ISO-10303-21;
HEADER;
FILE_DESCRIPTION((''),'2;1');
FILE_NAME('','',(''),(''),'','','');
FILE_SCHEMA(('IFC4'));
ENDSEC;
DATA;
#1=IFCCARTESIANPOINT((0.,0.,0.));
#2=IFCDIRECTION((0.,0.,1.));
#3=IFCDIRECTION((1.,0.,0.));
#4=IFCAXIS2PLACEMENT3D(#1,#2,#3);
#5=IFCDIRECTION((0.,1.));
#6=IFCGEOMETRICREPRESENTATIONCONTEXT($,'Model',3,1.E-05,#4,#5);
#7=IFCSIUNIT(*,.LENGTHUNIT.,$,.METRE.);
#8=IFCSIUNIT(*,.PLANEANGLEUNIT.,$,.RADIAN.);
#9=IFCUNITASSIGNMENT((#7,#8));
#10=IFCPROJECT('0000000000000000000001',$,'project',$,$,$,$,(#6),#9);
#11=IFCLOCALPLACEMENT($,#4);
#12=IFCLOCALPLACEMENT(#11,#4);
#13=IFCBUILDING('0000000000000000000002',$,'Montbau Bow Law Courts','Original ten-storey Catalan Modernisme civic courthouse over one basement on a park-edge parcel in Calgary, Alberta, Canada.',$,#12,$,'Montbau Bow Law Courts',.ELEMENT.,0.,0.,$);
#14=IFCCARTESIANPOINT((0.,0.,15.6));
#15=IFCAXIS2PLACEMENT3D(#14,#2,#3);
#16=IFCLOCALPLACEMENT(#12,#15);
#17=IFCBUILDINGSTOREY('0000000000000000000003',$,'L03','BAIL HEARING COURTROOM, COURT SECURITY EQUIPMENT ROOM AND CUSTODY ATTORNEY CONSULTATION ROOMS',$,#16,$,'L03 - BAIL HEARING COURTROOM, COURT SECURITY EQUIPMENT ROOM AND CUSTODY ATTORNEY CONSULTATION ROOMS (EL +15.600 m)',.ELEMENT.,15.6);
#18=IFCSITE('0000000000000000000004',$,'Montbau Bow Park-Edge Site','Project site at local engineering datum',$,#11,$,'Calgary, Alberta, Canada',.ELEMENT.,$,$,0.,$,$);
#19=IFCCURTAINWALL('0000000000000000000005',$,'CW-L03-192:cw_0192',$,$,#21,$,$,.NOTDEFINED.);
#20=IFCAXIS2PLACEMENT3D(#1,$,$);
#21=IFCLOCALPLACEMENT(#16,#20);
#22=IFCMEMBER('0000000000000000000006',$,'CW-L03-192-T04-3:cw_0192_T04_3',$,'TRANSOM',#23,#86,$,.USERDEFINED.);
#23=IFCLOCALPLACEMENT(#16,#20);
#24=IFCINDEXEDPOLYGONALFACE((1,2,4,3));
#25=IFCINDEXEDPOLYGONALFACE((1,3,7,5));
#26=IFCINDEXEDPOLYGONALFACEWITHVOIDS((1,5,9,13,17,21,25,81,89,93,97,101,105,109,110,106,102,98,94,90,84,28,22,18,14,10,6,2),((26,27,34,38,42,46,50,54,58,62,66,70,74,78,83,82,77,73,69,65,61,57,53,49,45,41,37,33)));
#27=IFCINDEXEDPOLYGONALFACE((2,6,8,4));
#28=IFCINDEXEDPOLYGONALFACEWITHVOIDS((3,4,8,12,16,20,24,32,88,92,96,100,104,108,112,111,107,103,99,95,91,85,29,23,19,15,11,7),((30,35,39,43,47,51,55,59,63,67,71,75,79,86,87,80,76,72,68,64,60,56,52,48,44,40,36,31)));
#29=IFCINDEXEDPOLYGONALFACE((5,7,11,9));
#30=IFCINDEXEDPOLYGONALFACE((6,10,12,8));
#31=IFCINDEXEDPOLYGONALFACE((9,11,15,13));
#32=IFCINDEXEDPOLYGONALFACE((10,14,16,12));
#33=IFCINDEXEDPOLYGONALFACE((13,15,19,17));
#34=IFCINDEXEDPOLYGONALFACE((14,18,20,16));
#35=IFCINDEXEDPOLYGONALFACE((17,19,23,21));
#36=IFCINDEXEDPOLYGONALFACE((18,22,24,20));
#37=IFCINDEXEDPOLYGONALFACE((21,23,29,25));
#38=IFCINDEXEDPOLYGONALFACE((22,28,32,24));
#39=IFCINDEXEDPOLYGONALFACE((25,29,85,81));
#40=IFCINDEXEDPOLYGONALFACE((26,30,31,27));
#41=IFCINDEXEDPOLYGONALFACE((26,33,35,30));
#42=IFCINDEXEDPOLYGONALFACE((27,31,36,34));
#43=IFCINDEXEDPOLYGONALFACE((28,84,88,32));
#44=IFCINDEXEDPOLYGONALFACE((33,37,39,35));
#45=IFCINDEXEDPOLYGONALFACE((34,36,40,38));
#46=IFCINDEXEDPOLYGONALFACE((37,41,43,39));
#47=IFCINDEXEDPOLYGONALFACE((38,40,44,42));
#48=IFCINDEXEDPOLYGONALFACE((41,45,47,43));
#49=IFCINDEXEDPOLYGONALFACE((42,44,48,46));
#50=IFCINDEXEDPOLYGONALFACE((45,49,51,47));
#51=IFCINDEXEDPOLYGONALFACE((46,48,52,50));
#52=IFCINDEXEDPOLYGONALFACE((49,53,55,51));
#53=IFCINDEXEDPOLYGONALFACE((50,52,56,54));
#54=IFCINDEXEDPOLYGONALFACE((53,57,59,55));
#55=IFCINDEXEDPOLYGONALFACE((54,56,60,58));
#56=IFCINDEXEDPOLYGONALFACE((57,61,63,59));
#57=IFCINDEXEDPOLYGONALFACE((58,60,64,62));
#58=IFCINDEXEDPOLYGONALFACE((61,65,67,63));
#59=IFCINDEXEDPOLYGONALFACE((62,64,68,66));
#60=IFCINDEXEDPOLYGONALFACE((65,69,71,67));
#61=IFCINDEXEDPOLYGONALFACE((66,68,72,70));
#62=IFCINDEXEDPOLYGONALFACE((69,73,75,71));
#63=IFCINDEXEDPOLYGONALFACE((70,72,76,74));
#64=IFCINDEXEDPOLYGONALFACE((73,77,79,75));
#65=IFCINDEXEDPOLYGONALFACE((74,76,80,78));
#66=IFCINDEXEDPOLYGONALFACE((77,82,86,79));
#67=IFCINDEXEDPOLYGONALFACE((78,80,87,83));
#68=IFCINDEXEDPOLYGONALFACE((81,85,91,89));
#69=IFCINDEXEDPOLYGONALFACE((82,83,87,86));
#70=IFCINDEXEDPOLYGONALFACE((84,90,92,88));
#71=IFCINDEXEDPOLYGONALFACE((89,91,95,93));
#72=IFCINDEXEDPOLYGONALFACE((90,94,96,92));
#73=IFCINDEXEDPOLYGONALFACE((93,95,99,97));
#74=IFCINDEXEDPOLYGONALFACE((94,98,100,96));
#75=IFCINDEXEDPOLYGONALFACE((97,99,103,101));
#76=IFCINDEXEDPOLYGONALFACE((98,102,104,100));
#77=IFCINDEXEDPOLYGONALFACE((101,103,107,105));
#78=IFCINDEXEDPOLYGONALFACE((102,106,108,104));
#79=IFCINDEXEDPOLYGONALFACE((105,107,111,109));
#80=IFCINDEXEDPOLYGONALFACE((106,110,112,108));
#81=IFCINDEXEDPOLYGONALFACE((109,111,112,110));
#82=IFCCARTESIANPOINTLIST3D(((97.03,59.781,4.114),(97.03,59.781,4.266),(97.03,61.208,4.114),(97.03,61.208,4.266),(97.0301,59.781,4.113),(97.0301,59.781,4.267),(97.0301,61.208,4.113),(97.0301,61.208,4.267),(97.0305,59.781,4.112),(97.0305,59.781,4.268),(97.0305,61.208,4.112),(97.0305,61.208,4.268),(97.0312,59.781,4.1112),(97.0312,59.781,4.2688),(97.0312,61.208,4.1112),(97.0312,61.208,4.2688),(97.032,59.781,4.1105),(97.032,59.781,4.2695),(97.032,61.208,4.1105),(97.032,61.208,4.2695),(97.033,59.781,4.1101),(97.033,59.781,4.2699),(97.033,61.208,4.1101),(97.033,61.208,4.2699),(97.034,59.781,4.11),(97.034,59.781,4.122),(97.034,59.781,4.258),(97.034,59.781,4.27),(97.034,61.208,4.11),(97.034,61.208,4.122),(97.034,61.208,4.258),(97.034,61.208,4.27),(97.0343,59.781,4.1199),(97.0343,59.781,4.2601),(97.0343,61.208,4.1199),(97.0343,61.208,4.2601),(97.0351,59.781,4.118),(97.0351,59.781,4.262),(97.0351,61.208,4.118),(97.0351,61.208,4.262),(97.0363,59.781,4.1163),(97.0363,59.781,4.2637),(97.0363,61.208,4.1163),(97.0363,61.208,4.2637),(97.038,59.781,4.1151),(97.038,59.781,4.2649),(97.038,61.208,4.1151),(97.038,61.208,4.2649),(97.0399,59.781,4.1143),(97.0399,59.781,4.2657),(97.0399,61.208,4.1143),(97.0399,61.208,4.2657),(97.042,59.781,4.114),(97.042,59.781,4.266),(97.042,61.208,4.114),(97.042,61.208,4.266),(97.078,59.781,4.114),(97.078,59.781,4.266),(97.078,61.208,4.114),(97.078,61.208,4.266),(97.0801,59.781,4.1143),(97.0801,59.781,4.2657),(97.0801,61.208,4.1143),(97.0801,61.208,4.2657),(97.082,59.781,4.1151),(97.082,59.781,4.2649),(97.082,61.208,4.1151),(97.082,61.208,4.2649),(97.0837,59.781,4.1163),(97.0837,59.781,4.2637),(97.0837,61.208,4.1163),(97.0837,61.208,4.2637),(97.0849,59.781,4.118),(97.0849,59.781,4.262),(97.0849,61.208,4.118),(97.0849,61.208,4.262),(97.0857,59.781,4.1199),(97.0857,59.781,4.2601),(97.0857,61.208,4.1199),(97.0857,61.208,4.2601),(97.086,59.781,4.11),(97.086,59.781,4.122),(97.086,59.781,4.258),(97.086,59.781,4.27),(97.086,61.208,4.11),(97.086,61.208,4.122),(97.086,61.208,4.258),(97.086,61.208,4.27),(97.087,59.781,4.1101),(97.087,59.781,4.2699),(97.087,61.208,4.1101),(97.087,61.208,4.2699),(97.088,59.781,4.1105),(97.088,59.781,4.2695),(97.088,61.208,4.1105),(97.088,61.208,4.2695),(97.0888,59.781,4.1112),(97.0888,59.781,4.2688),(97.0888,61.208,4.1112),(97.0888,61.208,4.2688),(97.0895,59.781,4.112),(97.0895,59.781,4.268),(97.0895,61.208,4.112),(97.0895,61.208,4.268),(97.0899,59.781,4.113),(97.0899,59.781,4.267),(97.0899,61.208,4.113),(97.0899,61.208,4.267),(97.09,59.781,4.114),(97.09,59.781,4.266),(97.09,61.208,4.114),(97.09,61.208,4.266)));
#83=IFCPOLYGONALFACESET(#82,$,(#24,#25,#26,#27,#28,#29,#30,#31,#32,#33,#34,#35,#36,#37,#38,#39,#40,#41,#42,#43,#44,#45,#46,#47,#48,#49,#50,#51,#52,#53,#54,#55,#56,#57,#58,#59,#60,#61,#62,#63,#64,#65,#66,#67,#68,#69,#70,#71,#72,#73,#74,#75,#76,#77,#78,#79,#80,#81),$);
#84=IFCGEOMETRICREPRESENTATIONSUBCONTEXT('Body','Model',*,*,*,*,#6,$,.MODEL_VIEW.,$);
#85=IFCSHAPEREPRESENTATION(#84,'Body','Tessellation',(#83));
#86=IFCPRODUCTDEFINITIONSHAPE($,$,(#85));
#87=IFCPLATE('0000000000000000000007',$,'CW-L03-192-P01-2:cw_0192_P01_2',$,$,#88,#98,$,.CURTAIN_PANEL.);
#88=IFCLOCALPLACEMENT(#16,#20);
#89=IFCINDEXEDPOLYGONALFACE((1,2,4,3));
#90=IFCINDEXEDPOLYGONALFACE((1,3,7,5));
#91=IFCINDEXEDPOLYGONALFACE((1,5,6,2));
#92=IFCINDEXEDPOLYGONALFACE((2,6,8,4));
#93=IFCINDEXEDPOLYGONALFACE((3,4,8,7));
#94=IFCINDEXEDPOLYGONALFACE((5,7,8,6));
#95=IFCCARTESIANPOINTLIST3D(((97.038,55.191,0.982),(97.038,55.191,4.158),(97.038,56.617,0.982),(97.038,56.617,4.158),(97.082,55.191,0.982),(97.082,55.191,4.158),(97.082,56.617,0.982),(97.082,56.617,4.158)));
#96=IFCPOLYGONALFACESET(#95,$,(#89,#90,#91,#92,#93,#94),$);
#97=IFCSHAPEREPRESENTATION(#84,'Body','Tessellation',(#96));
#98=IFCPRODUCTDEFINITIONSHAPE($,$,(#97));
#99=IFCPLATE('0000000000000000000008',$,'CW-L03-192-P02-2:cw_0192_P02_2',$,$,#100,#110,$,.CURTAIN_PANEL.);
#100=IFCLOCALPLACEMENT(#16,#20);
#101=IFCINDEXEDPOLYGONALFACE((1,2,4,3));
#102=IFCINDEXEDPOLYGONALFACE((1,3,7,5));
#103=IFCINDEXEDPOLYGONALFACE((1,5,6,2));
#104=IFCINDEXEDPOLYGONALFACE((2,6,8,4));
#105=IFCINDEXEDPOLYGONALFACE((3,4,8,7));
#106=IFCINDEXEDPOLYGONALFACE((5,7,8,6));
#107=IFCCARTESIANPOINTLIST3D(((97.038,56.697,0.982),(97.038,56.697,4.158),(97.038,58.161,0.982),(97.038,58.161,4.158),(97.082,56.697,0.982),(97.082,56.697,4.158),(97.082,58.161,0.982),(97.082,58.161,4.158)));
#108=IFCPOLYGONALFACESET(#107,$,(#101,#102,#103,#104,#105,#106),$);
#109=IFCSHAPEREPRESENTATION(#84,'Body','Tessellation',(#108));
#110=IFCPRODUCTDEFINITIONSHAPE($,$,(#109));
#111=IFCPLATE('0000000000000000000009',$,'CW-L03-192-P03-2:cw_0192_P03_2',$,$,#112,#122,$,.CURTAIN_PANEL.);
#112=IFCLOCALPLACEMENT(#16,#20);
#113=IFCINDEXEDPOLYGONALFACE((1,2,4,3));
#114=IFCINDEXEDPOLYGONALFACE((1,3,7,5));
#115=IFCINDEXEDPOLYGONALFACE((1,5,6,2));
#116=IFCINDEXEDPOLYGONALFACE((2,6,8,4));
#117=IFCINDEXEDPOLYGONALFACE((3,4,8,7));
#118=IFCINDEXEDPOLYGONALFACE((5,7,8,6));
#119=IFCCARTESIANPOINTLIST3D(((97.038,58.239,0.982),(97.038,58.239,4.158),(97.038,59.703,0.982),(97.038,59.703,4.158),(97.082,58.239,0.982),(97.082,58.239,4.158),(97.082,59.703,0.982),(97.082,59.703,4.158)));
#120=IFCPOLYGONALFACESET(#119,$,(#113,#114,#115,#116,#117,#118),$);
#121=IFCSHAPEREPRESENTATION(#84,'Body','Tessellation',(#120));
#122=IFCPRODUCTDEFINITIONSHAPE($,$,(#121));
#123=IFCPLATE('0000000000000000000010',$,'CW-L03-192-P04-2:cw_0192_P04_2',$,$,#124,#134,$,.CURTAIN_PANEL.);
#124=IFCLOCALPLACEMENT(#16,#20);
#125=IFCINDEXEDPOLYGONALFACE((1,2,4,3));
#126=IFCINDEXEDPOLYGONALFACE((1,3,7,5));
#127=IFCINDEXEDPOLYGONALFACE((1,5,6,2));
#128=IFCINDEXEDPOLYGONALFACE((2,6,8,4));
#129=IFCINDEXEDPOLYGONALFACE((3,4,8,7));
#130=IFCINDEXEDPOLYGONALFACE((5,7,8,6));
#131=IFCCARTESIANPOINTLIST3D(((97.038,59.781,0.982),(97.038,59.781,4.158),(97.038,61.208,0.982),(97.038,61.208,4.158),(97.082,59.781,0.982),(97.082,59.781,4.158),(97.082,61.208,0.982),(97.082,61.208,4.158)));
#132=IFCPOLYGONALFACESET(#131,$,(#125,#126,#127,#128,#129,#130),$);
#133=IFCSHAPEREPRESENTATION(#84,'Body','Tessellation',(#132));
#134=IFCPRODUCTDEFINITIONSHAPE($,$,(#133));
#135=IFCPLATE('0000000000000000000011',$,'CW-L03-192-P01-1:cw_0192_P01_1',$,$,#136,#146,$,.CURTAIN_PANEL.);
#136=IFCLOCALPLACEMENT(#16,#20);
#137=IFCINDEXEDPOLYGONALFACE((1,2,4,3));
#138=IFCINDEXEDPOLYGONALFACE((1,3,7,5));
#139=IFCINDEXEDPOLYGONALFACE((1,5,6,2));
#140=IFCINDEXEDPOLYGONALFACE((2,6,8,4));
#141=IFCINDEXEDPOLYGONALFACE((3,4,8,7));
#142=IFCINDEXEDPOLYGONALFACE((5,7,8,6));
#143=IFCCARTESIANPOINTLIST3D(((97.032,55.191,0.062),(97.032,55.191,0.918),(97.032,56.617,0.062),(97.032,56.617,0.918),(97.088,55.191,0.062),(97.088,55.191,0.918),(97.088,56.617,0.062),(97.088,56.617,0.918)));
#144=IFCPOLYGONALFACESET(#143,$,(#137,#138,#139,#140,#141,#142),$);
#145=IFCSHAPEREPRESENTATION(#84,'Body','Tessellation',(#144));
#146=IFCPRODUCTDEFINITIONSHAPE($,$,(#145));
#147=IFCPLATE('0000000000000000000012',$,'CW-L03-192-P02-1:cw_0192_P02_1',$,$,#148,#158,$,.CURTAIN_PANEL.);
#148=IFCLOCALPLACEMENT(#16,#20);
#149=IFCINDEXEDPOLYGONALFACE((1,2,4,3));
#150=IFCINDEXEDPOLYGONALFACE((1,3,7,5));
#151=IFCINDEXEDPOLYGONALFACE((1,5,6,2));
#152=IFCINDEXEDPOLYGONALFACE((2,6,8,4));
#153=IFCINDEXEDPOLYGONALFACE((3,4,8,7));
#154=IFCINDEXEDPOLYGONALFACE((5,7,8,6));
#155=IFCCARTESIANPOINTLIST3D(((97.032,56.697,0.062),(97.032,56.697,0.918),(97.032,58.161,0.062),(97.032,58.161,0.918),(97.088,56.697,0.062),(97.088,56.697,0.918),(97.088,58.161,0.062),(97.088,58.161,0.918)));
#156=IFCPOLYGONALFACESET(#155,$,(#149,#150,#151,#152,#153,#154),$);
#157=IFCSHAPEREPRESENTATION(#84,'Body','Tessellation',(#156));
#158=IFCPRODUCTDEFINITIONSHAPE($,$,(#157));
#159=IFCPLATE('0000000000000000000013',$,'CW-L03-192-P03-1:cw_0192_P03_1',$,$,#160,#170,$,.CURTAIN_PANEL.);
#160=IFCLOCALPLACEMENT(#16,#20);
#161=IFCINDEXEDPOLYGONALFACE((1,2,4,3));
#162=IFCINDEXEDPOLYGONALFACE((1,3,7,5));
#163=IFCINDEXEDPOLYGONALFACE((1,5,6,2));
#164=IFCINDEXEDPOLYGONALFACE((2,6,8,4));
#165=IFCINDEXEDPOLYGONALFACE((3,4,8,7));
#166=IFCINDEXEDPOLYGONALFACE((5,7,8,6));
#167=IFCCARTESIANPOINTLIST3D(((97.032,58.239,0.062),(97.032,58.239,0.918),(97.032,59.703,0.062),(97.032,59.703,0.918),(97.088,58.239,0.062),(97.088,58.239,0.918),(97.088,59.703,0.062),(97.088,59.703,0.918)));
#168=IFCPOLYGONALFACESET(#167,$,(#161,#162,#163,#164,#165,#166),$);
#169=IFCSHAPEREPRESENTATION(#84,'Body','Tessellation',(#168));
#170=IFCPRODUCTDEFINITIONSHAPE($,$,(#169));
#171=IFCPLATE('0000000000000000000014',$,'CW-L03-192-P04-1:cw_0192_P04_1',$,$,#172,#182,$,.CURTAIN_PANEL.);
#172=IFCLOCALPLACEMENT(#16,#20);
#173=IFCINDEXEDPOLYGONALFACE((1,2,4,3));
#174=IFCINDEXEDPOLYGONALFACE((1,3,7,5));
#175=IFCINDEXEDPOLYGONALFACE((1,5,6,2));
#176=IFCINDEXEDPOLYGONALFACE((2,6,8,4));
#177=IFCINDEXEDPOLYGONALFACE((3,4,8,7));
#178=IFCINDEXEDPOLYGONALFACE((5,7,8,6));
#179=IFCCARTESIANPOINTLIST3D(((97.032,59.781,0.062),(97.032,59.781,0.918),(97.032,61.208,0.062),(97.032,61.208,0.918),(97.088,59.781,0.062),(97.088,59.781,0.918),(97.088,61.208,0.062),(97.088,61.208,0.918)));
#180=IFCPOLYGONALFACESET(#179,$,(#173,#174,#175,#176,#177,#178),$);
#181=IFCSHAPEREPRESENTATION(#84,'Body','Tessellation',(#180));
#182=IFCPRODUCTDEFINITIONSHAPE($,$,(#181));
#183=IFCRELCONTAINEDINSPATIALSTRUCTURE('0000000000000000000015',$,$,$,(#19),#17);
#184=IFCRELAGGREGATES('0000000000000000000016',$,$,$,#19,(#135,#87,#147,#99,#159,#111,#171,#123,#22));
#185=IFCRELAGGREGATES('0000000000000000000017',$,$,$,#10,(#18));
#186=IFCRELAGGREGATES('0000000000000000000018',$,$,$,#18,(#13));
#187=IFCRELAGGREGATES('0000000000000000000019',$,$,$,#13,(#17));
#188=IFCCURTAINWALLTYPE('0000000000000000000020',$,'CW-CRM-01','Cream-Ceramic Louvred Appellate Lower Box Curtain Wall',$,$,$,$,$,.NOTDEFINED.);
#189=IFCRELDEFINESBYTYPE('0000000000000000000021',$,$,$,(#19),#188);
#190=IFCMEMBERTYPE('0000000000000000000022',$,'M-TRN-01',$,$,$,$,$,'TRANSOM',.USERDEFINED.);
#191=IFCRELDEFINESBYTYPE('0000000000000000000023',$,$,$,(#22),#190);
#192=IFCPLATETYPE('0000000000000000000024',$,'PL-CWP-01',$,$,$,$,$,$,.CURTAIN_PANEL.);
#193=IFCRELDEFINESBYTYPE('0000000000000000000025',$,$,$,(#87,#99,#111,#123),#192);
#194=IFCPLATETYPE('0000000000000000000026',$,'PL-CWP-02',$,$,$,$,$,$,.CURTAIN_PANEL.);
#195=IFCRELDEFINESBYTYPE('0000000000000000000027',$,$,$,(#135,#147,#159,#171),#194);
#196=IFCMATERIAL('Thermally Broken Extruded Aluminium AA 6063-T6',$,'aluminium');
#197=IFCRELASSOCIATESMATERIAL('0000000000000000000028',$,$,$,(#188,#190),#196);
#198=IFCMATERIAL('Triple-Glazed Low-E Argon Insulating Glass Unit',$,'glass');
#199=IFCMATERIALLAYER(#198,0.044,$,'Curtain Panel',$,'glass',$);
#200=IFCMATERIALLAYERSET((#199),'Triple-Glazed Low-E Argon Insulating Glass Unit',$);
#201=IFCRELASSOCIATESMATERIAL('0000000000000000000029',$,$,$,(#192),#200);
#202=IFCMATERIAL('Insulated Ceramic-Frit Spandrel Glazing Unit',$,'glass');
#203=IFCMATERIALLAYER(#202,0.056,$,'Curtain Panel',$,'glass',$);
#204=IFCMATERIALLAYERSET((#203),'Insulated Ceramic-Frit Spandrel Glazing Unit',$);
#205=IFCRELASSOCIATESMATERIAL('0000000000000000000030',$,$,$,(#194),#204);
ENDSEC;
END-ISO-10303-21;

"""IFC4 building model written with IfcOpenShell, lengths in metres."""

from ifc_helpers import new_model, si_unit, direction, frame, frame_2d, origin_with_axes, origin_2d_with_axis, place, context, subcontext, project, spatial, rectangle, hollow_rectangle, extrude, material, layer, layer_set, material_profile, profile_set, type_object, element, aggregate, save


model = new_model("IFC4")

# Units and contexts
model_context = context("Model", 3, precision=1e-05, world=origin_with_axes(), true_north=direction((0.0, 1.0)))
body_context = subcontext(model_context, "Body", "Model", "MODEL_VIEW")
ifc_project = project(units=[si_unit("LENGTHUNIT", "METRE"), si_unit("PLANEANGLEUNIT", "RADIAN")], contexts=[model_context])

# Site, building, storey
site_placement = place(None, origin_with_axes())
site = spatial("IfcSite", under=ifc_project, at=site_placement, Name="Montbau Bow Park-Edge Site", Description="Project site at local engineering datum", LongName="Calgary, Alberta, Canada", CompositionType="ELEMENT", RefElevation=0.0)
building_placement = place(site_placement, origin_with_axes())
building = spatial("IfcBuilding", under=site, at=building_placement, Name="Montbau Bow Law Courts", Description="Original ten-storey Catalan Modernisme civic courthouse over one basement on a park-edge parcel in Calgary, Alberta, Canada.", LongName="Montbau Bow Law Courts", CompositionType="ELEMENT", ElevationOfRefHeight=0.0, ElevationOfTerrain=0.0)
storey_placement = place(building_placement, frame((0.0, 0.0, 15.6), z_axis=(0.0, 0.0, 1.0), x_axis=(1.0, 0.0, 0.0)))
storey = spatial("IfcBuildingStorey", under=building, at=storey_placement, Name="L03", Description="BAIL HEARING COURTROOM, COURT SECURITY EQUIPMENT ROOM AND CUSTODY ATTORNEY CONSULTATION ROOMS", LongName="L03 - BAIL HEARING COURTROOM, COURT SECURITY EQUIPMENT ROOM AND CUSTODY ATTORNEY CONSULTATION ROOMS (EL +15.600 m)", CompositionType="ELEMENT", Elevation=15.6)

# Curtain wall
ifc_material_1 = material(Name="Thermally Broken Extruded Aluminium AA 6063-T6", Category="aluminium")
curtain_wall_type = type_object("IfcCurtainWallType", Name="CW-CRM-01", Description="Cream-Ceramic Louvred Appellate Lower Box Curtain Wall", PredefinedType="NOTDEFINED", material=ifc_material_1)
curtain_wall_1_placement = place(None, frame((97.06, 55.115, 15.6), z_axis=(0.0, 0.0, 1.0), x_axis=(1.0, 0.0, 0.0)))
curtain_wall_1 = element("IfcCurtainWall", 1, at=curtain_wall_1_placement, inside=storey, type_object=curtain_wall_type, Name="CW-L03-192:cw_0192", PredefinedType="NOTDEFINED")

# Member
ifc_material_profile_1 = material_profile(ifc_material_1, hollow_rectangle(XDim=0.06, YDim=0.16, WallThickness=0.004, InnerFilletRadius=0.008, OuterFilletRadius=0.004, at=origin_2d_with_axis()), Name="CWT-160X60", Category="Main", Priority=0)
ifc_profile_set_1 = profile_set([ifc_material_profile_1], Name="Thermally Broken Extruded Aluminium AA 6063-T6")
member_type_1 = type_object("IfcMemberType", Name="M-TRN-01", ElementType="TRANSOM", PredefinedType="USERDEFINED", material=ifc_profile_set_1)
member_1_placement = place(None, frame((97.06, 59.781, 19.79), z_axis=(0.0, 1.0, 0.0), x_axis=(-1.0, 0.0, 0.0)))
member_1 = element("IfcMember", 2, at=member_1_placement, type_object=member_type_1, Name="CW-L03-192-T04-3:cw_0192_T04_3", ObjectType="TRANSOM", PredefinedType="USERDEFINED", context=body_context, shape_type="SweptSolid", body=[
    extrude(hollow_rectangle(XDim=0.06, YDim=0.16, WallThickness=0.004, InnerFilletRadius=0.008, OuterFilletRadius=0.004, at=origin_2d_with_axis()), origin_with_axes(), (0.0, 0.0, 1.0), 1.427),
])

# Plates
ifc_material_2 = material(Name="Triple-Glazed Low-E Argon Insulating Glass Unit", Category="glass")
ifc_layer_1 = layer(ifc_material_2, 0.044, Name="Curtain Panel", Category="glass")
ifc_layer_set_1 = layer_set([ifc_layer_1], Name="Triple-Glazed Low-E Argon Insulating Glass Unit")
plate_type_1 = type_object("IfcPlateType", Name="PL-CWP-01", PredefinedType="CURTAIN_PANEL", material=ifc_layer_set_1)
plate_1_placement = place(None, frame((97.06, 55.191, 16.582), z_axis=(1.0, 0.0, 0.0), x_axis=(0.0, 1.0, 0.0)))
plate_1 = element("IfcPlate", 3, at=plate_1_placement, type_object=plate_type_1, Name="CW-L03-192-P01-2:cw_0192_P01_2", PredefinedType="CURTAIN_PANEL", context=body_context, shape_type="SweptSolid", body=[
    extrude(rectangle(XDim=1.426, YDim=3.176, at=frame_2d((0.713, 1.588), x_axis=(1.0, 0.0))), frame((0.0, 0.0, -0.022), z_axis=(0.0, 0.0, 1.0), x_axis=(1.0, 0.0, 0.0)), (0.0, 0.0, 1.0), 0.044),
])
plate_2_placement = place(None, frame((97.06, 56.697, 16.582), z_axis=(1.0, 0.0, 0.0), x_axis=(0.0, 1.0, 0.0)))
plate_2 = element("IfcPlate", 4, at=plate_2_placement, type_object=plate_type_1, Name="CW-L03-192-P02-2:cw_0192_P02_2", PredefinedType="CURTAIN_PANEL", context=body_context, shape_type="SweptSolid", body=[
    extrude(rectangle(XDim=1.464, YDim=3.176, at=frame_2d((0.732, 1.588), x_axis=(1.0, 0.0))), frame((0.0, 0.0, -0.022), z_axis=(0.0, 0.0, 1.0), x_axis=(1.0, 0.0, 0.0)), (0.0, 0.0, 1.0), 0.044),
])
plate_3_placement = place(None, frame((97.06, 58.239, 16.582), z_axis=(1.0, 0.0, 0.0), x_axis=(0.0, 1.0, 0.0)))
plate_3 = element("IfcPlate", 5, at=plate_3_placement, type_object=plate_type_1, Name="CW-L03-192-P03-2:cw_0192_P03_2", PredefinedType="CURTAIN_PANEL", context=body_context, shape_type="SweptSolid", body=[
    extrude(rectangle(XDim=1.464, YDim=3.176, at=frame_2d((0.732, 1.588), x_axis=(1.0, 0.0))), frame((0.0, 0.0, -0.022), z_axis=(0.0, 0.0, 1.0), x_axis=(1.0, 0.0, 0.0)), (0.0, 0.0, 1.0), 0.044),
])
plate_4_placement = place(None, frame((97.06, 59.781, 16.582), z_axis=(1.0, 0.0, 0.0), x_axis=(0.0, 1.0, 0.0)))
plate_4 = element("IfcPlate", 6, at=plate_4_placement, type_object=plate_type_1, Name="CW-L03-192-P04-2:cw_0192_P04_2", PredefinedType="CURTAIN_PANEL", context=body_context, shape_type="SweptSolid", body=[
    extrude(rectangle(XDim=1.427, YDim=3.176, at=frame_2d((0.7135, 1.588), x_axis=(1.0, 0.0))), frame((0.0, 0.0, -0.022), z_axis=(0.0, 0.0, 1.0), x_axis=(1.0, 0.0, 0.0)), (0.0, 0.0, 1.0), 0.044),
])
ifc_material_3 = material(Name="Insulated Ceramic-Frit Spandrel Glazing Unit", Category="glass")
ifc_layer_2 = layer(ifc_material_3, 0.056, Name="Curtain Panel", Category="glass")
ifc_layer_set_2 = layer_set([ifc_layer_2], Name="Insulated Ceramic-Frit Spandrel Glazing Unit")
plate_type_2 = type_object("IfcPlateType", Name="PL-CWP-02", PredefinedType="CURTAIN_PANEL", material=ifc_layer_set_2)
plate_5_placement = place(None, frame((97.06, 55.191, 15.662), z_axis=(1.0, 0.0, 0.0), x_axis=(0.0, 1.0, 0.0)))
plate_5 = element("IfcPlate", 7, at=plate_5_placement, type_object=plate_type_2, Name="CW-L03-192-P01-1:cw_0192_P01_1", PredefinedType="CURTAIN_PANEL", context=body_context, shape_type="SweptSolid", body=[
    extrude(rectangle(XDim=1.426, YDim=0.856, at=frame_2d((0.713, 0.428), x_axis=(1.0, 0.0))), frame((0.0, 0.0, -0.028), z_axis=(0.0, 0.0, 1.0), x_axis=(1.0, 0.0, 0.0)), (0.0, 0.0, 1.0), 0.056),
])
plate_6_placement = place(None, frame((97.06, 56.697, 15.662), z_axis=(1.0, 0.0, 0.0), x_axis=(0.0, 1.0, 0.0)))
plate_6 = element("IfcPlate", 8, at=plate_6_placement, type_object=plate_type_2, Name="CW-L03-192-P02-1:cw_0192_P02_1", PredefinedType="CURTAIN_PANEL", context=body_context, shape_type="SweptSolid", body=[
    extrude(rectangle(XDim=1.464, YDim=0.856, at=frame_2d((0.732, 0.428), x_axis=(1.0, 0.0))), frame((0.0, 0.0, -0.028), z_axis=(0.0, 0.0, 1.0), x_axis=(1.0, 0.0, 0.0)), (0.0, 0.0, 1.0), 0.056),
])
plate_7_placement = place(None, frame((97.06, 58.239, 15.662), z_axis=(1.0, 0.0, 0.0), x_axis=(0.0, 1.0, 0.0)))
plate_7 = element("IfcPlate", 9, at=plate_7_placement, type_object=plate_type_2, Name="CW-L03-192-P03-1:cw_0192_P03_1", PredefinedType="CURTAIN_PANEL", context=body_context, shape_type="SweptSolid", body=[
    extrude(rectangle(XDim=1.464, YDim=0.856, at=frame_2d((0.732, 0.428), x_axis=(1.0, 0.0))), frame((0.0, 0.0, -0.028), z_axis=(0.0, 0.0, 1.0), x_axis=(1.0, 0.0, 0.0)), (0.0, 0.0, 1.0), 0.056),
])
plate_8_placement = place(None, frame((97.06, 59.781, 15.662), z_axis=(1.0, 0.0, 0.0), x_axis=(0.0, 1.0, 0.0)))
plate_8 = element("IfcPlate", 10, at=plate_8_placement, type_object=plate_type_2, Name="CW-L03-192-P04-1:cw_0192_P04_1", PredefinedType="CURTAIN_PANEL", context=body_context, shape_type="SweptSolid", body=[
    extrude(rectangle(XDim=1.427, YDim=0.856, at=frame_2d((0.7135, 0.428), x_axis=(1.0, 0.0))), frame((0.0, 0.0, -0.028), z_axis=(0.0, 0.0, 1.0), x_axis=(1.0, 0.0, 0.0)), (0.0, 0.0, 1.0), 0.056),
])
aggregate(curtain_wall_1, [plate_5, plate_1, plate_6, plate_2, plate_7, plate_3, plate_8, plate_4, member_1])

save(model, "model.ifc")
